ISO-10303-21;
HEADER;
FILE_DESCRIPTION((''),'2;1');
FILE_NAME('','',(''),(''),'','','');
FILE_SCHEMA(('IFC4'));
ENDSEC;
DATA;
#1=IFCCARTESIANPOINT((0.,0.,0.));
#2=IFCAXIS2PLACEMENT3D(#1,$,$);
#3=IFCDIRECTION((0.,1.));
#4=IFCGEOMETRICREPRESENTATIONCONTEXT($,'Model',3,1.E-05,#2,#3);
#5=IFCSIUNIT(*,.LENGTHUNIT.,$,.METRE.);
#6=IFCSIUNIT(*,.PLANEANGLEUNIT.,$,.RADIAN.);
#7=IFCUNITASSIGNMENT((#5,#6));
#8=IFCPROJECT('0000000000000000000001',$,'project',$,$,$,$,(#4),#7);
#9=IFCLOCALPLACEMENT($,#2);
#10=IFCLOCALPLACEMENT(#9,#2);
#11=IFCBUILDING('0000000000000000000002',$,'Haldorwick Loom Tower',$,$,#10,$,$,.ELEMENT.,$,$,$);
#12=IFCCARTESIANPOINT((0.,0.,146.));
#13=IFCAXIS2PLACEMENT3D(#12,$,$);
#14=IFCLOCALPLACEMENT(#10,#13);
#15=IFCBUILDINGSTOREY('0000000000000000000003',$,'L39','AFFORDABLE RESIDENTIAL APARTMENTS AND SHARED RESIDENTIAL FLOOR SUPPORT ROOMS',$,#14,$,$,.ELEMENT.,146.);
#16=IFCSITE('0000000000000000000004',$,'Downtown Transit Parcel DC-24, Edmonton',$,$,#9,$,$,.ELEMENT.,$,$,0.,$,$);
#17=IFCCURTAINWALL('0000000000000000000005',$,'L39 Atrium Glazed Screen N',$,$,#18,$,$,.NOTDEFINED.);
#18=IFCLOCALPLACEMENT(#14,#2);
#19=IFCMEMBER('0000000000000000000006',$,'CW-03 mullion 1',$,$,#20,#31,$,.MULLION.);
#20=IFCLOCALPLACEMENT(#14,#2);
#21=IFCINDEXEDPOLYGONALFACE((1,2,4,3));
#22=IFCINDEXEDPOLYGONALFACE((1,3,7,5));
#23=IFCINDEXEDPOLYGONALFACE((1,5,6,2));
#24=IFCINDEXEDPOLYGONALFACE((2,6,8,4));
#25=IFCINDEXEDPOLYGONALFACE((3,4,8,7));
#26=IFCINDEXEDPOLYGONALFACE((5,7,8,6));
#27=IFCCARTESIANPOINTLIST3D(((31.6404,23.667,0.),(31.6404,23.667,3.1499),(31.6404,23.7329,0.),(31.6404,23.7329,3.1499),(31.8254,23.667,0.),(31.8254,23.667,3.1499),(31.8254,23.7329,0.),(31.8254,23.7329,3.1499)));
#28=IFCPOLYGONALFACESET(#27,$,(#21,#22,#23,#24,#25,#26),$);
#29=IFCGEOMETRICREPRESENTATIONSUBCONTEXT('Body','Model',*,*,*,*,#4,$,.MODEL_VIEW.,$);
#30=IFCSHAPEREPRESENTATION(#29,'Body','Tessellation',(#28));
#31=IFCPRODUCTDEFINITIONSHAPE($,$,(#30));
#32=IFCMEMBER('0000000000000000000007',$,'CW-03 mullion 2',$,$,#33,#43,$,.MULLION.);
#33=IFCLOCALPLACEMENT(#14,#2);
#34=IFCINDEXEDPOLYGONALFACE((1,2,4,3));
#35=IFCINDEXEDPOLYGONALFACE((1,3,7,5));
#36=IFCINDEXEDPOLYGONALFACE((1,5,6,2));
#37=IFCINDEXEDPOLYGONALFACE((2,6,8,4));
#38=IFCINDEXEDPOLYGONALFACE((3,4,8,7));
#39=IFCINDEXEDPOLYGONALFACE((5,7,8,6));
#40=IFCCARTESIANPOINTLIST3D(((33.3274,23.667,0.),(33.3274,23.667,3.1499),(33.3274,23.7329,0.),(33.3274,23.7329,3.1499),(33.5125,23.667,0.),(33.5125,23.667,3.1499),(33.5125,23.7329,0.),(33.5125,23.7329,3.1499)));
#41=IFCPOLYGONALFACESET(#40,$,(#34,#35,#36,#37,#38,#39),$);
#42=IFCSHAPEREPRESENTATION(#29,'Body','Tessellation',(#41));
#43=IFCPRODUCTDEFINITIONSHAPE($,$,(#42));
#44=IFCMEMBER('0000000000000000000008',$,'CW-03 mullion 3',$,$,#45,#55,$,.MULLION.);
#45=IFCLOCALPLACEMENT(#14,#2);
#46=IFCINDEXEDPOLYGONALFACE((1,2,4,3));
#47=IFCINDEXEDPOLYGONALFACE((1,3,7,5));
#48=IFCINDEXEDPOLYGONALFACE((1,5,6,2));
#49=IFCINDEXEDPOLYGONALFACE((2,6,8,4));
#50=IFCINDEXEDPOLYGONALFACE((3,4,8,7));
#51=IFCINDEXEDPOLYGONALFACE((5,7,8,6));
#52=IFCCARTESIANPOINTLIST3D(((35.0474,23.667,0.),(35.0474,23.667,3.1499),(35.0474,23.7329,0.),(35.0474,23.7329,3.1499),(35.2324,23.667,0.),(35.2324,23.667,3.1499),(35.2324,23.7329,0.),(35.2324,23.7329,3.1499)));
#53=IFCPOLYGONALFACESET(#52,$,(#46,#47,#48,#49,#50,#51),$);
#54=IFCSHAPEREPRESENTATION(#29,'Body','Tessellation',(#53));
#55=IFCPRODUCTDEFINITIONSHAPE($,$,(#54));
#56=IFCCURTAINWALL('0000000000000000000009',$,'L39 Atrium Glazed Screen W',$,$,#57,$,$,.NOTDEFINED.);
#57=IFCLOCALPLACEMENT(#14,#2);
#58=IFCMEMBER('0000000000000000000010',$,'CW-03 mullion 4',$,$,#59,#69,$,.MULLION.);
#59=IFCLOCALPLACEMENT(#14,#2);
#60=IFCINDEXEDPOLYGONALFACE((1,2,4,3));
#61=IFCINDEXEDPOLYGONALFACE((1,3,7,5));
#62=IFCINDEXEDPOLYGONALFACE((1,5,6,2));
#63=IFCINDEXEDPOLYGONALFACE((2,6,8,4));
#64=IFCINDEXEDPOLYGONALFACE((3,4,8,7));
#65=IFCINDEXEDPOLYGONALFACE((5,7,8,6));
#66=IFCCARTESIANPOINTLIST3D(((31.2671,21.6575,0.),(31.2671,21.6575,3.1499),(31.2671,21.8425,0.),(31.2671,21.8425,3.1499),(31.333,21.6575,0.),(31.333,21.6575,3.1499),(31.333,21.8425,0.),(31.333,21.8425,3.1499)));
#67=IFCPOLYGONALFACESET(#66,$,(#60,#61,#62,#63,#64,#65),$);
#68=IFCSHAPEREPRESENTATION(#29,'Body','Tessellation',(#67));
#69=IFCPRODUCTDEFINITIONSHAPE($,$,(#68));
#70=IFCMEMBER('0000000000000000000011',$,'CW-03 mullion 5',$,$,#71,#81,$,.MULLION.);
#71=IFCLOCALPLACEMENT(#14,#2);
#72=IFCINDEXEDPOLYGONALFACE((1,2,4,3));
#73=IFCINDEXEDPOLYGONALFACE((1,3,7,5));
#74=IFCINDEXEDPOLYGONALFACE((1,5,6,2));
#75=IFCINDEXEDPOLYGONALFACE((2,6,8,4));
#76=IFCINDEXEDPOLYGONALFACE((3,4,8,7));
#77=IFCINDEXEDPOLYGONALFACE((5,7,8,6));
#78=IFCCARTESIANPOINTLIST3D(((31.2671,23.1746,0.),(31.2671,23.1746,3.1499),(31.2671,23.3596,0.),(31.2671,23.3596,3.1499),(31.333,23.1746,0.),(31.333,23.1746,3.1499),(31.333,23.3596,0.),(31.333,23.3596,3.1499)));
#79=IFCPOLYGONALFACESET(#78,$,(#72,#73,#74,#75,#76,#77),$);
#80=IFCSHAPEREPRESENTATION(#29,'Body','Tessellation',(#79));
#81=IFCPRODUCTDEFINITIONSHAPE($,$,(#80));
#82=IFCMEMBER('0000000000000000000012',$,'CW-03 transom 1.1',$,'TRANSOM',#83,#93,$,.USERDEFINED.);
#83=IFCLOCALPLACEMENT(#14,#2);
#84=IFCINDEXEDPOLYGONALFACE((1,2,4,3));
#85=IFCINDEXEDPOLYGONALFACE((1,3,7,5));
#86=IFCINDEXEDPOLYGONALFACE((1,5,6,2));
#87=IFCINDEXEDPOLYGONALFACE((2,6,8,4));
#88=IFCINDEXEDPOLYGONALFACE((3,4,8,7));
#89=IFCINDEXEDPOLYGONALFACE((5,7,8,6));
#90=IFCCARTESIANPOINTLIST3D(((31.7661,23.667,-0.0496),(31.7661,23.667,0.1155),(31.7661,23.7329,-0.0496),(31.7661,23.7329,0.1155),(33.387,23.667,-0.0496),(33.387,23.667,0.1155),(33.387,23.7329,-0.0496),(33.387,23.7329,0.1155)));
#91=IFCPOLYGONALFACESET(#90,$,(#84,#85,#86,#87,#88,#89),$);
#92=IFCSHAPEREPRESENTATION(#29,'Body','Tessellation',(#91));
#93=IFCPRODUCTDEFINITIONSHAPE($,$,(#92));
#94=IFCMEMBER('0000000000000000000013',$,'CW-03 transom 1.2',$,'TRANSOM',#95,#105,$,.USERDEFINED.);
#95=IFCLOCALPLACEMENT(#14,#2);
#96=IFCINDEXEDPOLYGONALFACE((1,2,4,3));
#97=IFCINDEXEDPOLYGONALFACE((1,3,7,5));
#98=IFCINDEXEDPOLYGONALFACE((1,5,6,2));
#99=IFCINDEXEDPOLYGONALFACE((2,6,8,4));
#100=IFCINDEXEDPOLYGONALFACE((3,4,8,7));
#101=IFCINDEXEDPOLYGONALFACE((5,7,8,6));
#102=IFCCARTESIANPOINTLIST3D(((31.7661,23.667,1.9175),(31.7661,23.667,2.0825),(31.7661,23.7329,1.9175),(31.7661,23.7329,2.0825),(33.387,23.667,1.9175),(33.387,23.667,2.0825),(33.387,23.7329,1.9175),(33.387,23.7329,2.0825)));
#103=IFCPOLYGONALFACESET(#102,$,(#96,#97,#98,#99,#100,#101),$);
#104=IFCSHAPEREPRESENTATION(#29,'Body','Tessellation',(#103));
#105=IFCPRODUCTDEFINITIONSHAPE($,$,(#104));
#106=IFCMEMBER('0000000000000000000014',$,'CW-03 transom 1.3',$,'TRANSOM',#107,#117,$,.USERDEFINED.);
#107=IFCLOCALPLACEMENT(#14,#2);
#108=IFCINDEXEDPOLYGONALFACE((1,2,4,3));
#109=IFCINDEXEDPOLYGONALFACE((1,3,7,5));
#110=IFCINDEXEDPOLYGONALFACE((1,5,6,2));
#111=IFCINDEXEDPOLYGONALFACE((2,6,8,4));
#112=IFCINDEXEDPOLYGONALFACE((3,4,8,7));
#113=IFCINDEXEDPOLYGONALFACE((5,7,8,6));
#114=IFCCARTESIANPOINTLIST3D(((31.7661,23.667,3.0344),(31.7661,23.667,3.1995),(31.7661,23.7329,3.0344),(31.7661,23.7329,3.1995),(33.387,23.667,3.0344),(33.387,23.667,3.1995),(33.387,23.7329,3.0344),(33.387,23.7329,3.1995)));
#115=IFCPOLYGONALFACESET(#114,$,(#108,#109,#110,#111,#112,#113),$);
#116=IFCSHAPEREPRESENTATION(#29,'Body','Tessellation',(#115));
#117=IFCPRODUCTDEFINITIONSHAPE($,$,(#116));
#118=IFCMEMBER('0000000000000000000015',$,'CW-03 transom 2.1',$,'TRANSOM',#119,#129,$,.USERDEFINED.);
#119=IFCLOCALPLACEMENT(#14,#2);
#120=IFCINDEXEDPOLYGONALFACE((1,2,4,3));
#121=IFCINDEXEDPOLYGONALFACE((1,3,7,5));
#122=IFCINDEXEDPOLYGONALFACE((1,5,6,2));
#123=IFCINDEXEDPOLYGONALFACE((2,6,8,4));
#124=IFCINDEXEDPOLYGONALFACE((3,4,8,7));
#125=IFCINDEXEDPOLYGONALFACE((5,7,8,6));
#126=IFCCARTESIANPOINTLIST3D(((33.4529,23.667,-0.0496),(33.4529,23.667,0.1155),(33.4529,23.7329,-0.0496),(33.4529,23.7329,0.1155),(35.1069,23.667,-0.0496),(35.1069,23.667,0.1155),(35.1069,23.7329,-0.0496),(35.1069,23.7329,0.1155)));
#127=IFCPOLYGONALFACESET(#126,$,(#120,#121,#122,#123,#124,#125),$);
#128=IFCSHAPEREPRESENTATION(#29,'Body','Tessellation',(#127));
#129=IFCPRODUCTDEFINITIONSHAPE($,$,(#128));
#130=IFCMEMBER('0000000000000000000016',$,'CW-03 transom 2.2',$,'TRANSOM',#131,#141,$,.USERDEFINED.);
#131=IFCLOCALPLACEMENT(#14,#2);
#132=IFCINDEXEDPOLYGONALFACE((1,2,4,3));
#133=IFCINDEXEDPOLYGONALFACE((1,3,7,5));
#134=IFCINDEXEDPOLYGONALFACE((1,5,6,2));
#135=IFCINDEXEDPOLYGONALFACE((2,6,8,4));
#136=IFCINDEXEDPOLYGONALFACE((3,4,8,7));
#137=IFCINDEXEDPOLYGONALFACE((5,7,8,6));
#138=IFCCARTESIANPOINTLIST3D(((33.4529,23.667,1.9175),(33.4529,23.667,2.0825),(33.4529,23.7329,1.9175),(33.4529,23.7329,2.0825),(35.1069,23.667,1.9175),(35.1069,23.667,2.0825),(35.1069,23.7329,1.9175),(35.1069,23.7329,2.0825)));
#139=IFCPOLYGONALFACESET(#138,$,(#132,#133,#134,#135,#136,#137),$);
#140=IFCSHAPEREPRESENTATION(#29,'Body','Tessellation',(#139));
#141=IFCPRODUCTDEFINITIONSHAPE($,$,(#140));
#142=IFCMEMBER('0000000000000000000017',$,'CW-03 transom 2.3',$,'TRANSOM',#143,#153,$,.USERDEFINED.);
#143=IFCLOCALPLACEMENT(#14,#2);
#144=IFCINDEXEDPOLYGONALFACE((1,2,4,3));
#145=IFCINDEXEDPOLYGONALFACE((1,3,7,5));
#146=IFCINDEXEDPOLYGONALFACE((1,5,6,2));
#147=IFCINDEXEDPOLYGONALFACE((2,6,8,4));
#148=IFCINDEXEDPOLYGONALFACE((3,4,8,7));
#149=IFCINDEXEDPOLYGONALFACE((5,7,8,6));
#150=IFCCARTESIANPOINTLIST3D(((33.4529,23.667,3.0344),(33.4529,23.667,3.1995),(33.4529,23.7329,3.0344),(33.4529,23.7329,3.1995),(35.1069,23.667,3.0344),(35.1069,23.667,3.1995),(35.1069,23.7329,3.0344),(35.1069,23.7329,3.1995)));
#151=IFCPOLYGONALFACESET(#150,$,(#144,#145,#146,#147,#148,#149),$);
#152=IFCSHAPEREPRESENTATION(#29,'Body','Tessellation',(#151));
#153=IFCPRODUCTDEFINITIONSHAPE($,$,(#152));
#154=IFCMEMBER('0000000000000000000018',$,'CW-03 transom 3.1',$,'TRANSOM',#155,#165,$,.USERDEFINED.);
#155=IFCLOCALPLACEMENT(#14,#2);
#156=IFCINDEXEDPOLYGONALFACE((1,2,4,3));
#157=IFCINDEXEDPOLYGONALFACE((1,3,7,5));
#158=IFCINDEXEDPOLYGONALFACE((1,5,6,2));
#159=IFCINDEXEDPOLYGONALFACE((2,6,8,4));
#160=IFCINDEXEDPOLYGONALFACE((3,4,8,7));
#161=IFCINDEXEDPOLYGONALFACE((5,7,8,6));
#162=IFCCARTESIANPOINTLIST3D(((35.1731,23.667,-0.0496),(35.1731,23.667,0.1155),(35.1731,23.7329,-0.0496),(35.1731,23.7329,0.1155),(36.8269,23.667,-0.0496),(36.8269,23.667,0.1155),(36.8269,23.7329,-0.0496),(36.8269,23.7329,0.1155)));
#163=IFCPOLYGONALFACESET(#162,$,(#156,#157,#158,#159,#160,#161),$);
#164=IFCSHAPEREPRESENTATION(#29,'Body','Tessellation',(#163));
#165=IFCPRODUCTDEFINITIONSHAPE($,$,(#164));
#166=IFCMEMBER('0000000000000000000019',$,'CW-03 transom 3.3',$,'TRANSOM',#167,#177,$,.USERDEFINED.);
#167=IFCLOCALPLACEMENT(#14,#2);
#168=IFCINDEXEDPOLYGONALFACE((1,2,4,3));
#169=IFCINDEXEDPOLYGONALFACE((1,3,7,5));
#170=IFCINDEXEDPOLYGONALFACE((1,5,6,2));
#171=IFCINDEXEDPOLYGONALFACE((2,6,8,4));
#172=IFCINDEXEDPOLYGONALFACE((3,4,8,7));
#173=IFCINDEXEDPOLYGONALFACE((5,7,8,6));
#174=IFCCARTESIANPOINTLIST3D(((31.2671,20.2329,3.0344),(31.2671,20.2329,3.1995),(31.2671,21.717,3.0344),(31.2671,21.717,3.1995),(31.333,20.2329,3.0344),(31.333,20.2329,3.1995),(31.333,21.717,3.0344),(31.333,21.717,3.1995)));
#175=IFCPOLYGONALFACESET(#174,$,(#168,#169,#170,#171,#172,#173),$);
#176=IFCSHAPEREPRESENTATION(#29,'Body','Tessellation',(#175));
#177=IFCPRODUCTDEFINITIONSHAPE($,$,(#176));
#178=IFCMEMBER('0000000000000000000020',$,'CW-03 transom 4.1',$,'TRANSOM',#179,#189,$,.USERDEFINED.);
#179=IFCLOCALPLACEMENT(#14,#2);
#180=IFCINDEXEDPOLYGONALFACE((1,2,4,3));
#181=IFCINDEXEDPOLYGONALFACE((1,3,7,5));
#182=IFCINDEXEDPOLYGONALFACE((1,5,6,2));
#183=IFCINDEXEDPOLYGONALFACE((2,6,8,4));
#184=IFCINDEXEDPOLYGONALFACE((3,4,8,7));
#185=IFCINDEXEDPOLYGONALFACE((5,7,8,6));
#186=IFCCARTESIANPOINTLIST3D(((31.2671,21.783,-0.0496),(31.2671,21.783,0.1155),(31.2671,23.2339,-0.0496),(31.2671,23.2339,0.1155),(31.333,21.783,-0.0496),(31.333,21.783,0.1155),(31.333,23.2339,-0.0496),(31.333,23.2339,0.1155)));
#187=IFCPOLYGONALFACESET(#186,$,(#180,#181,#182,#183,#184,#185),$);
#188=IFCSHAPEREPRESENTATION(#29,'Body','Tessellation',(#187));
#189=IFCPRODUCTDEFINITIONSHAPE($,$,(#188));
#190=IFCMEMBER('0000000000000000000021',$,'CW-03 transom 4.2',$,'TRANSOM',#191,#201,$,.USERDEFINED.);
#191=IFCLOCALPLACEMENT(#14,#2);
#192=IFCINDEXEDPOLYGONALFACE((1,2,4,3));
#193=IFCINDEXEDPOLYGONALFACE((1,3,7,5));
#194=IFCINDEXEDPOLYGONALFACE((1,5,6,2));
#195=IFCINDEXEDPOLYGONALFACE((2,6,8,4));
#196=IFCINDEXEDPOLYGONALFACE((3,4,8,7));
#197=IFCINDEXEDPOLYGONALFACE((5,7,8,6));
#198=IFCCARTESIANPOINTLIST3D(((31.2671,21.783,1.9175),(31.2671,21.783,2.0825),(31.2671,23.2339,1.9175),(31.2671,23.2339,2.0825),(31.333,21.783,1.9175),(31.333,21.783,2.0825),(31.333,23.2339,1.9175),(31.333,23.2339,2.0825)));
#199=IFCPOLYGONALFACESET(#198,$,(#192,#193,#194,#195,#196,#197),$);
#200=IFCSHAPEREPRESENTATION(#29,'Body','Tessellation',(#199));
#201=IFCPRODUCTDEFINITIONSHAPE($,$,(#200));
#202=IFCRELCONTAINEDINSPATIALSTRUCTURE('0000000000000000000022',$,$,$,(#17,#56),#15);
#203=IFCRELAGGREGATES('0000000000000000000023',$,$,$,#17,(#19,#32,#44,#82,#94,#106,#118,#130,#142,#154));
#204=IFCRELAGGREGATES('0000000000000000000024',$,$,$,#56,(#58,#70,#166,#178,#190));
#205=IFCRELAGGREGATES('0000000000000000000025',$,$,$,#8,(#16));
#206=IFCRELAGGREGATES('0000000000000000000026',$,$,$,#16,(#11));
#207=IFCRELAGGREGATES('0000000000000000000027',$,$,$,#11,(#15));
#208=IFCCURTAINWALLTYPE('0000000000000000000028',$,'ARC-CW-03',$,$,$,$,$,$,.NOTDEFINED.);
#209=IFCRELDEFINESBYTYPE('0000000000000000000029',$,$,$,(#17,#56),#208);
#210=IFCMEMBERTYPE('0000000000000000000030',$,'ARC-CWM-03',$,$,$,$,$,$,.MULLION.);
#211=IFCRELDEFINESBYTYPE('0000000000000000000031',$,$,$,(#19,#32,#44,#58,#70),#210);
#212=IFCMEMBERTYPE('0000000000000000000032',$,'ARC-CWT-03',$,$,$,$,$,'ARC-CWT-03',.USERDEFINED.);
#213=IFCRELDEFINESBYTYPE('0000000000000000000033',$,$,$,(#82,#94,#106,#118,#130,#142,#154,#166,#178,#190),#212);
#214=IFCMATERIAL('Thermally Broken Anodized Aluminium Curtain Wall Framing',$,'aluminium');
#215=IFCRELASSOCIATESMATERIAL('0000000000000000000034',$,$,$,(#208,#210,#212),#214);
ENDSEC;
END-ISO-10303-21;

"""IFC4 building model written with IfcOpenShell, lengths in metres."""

from ifc_helpers import new_model, si_unit, direction, frame, origin, origin_2d, place, context, subcontext, project, spatial, rectangle, extrude, material, material_profile, profile_set, type_object, element, aggregate, save


model = new_model("IFC4")

# Units and contexts
model_context = context("Model", 3, precision=1e-05, world=origin(), true_north=direction((0.0, 1.0)))
body_context = subcontext(model_context, "Body", "Model", "MODEL_VIEW")
ifc_project = project(units=[si_unit("LENGTHUNIT", "METRE"), si_unit("PLANEANGLEUNIT", "RADIAN")], contexts=[model_context])

# Site, building, storey
site_placement = place(None, origin())
site = spatial("IfcSite", under=ifc_project, at=site_placement, Name="Downtown Transit Parcel DC-24, Edmonton", CompositionType="ELEMENT", RefElevation=0.0)
building_placement = place(site_placement, origin())
building = spatial("IfcBuilding", under=site, at=building_placement, Name="Haldorwick Loom Tower", CompositionType="ELEMENT")
storey_placement = place(building_placement, frame((0.0, 0.0, 146.0)))
storey = spatial("IfcBuildingStorey", under=building, at=storey_placement, Name="L39", Description="AFFORDABLE RESIDENTIAL APARTMENTS AND SHARED RESIDENTIAL FLOOR SUPPORT ROOMS", CompositionType="ELEMENT", Elevation=146.0)

# Curtain walls, members
ifc_material_1 = material(Name="Thermally Broken Anodized Aluminium Curtain Wall Framing", Category="aluminium")
curtain_wall_type = type_object("IfcCurtainWallType", Name="ARC-CW-03", PredefinedType="NOTDEFINED", material=ifc_material_1)
curtain_wall_1_placement = place(storey_placement, origin())
curtain_wall_1 = element("IfcCurtainWall", 1, at=curtain_wall_1_placement, inside=storey, type_object=curtain_wall_type, Name="L39 Atrium Glazed Screen N", PredefinedType="NOTDEFINED")
ifc_material_profile_1 = material_profile(ifc_material_1, rectangle(XDim=0.0659, YDim=0.1851, at=origin_2d()), Name="ALU_MUL_66X185", Category="aluminium")
ifc_profile_set_1 = profile_set([ifc_material_profile_1], Name="Thermally Broken Anodized Aluminium Curtain Wall Framing")
member_type_1 = type_object("IfcMemberType", Name="ARC-CWM-03", PredefinedType="MULLION", material=ifc_profile_set_1)
member_1_placement = place(storey_placement, frame((31.7329, 23.7, 0.0), z_axis=(0.0, 0.0, 1.0), x_axis=(0.0, 1.0, 0.0)))
member_1 = element("IfcMember", 2, at=member_1_placement, type_object=member_type_1, Name="CW-03 mullion 1", PredefinedType="MULLION", context=body_context, shape_type="SweptSolid", body=[
    extrude(rectangle(XDim=0.0659, YDim=0.1851, at=origin_2d()), origin(), (0.0, 0.0, 1.0), 3.1499),
])
member_2_placement = place(storey_placement, frame((33.4199, 23.7, 0.0), z_axis=(0.0, 0.0, 1.0), x_axis=(0.0, 1.0, 0.0)))
member_2 = element("IfcMember", 3, at=member_2_placement, type_object=member_type_1, Name="CW-03 mullion 2", PredefinedType="MULLION", context=body_context, shape_type="SweptSolid", body=[
    extrude(rectangle(XDim=0.0659, YDim=0.1851, at=origin_2d()), origin(), (0.0, 0.0, 1.0), 3.1499),
])
member_3_placement = place(storey_placement, frame((35.1399, 23.7, 0.0), z_axis=(0.0, 0.0, 1.0), x_axis=(0.0, 1.0, 0.0)))
member_3 = element("IfcMember", 4, at=member_3_placement, type_object=member_type_1, Name="CW-03 mullion 3", PredefinedType="MULLION", context=body_context, shape_type="SweptSolid", body=[
    extrude(rectangle(XDim=0.0659, YDim=0.1851, at=origin_2d()), origin(), (0.0, 0.0, 1.0), 3.1499),
])
curtain_wall_2_placement = place(storey_placement, origin())
curtain_wall_2 = element("IfcCurtainWall", 5, at=curtain_wall_2_placement, inside=storey, type_object=curtain_wall_type, Name="L39 Atrium Glazed Screen W", PredefinedType="NOTDEFINED")
member_4_placement = place(storey_placement, frame((31.3, 21.75, 0.0), z_axis=(0.0, 0.0, 1.0), x_axis=(-1.0, 0.0, 0.0)))
member_4 = element("IfcMember", 6, at=member_4_placement, type_object=member_type_1, Name="CW-03 mullion 4", PredefinedType="MULLION", context=body_context, shape_type="SweptSolid", body=[
    extrude(rectangle(XDim=0.0659, YDim=0.1851, at=origin_2d()), origin(), (0.0, 0.0, 1.0), 3.1499),
])
member_5_placement = place(storey_placement, frame((31.3, 23.2671, 0.0), z_axis=(0.0, 0.0, 1.0), x_axis=(-1.0, 0.0, 0.0)))
member_5 = element("IfcMember", 7, at=member_5_placement, type_object=member_type_1, Name="CW-03 mullion 5", PredefinedType="MULLION", context=body_context, shape_type="SweptSolid", body=[
    extrude(rectangle(XDim=0.0659, YDim=0.1851, at=origin_2d()), origin(), (0.0, 0.0, 1.0), 3.1499),
])

# Members
ifc_material_profile_2 = material_profile(ifc_material_1, rectangle(XDim=0.0659, YDim=0.165, at=origin_2d()), Name="ALU_TRN_66X165", Category="aluminium")
ifc_profile_set_2 = profile_set([ifc_material_profile_2], Name="Thermally Broken Anodized Aluminium Curtain Wall Framing")
member_type_2 = type_object("IfcMemberType", Name="ARC-CWT-03", ElementType="ARC-CWT-03", PredefinedType="USERDEFINED", material=ifc_profile_set_2)
member_6_placement = place(storey_placement, frame((31.7661, 23.7, 0.033), z_axis=(1.0, 0.0, 0.0), x_axis=(0.0, 1.0, 0.0)))
member_6 = element("IfcMember", 8, at=member_6_placement, type_object=member_type_2, Name="CW-03 transom 1.1", ObjectType="TRANSOM", PredefinedType="USERDEFINED", context=body_context, shape_type="SweptSolid", body=[
    extrude(rectangle(XDim=0.0659, YDim=0.165, at=origin_2d()), origin(), (0.0, 0.0, 1.0), 1.6208),
])
member_7_placement = place(storey_placement, frame((31.7661, 23.7, 2.0), z_axis=(1.0, 0.0, 0.0), x_axis=(0.0, 1.0, 0.0)))
member_7 = element("IfcMember", 9, at=member_7_placement, type_object=member_type_2, Name="CW-03 transom 1.2", ObjectType="TRANSOM", PredefinedType="USERDEFINED", context=body_context, shape_type="SweptSolid", body=[
    extrude(rectangle(XDim=0.0659, YDim=0.165, at=origin_2d()), origin(), (0.0, 0.0, 1.0), 1.6208),
])
member_8_placement = place(storey_placement, frame((31.7661, 23.7, 3.1169), z_axis=(1.0, 0.0, 0.0), x_axis=(0.0, 1.0, 0.0)))
member_8 = element("IfcMember", 10, at=member_8_placement, type_object=member_type_2, Name="CW-03 transom 1.3", ObjectType="TRANSOM", PredefinedType="USERDEFINED", context=body_context, shape_type="SweptSolid", body=[
    extrude(rectangle(XDim=0.0659, YDim=0.165, at=origin_2d()), origin(), (0.0, 0.0, 1.0), 1.6208),
])
member_9_placement = place(storey_placement, frame((33.4529, 23.7, 0.033), z_axis=(1.0, 0.0, 0.0), x_axis=(0.0, 1.0, 0.0)))
member_9 = element("IfcMember", 11, at=member_9_placement, type_object=member_type_2, Name="CW-03 transom 2.1", ObjectType="TRANSOM", PredefinedType="USERDEFINED", context=body_context, shape_type="SweptSolid", body=[
    extrude(rectangle(XDim=0.0659, YDim=0.165, at=origin_2d()), origin(), (0.0, 0.0, 1.0), 1.6541),
])
member_10_placement = place(storey_placement, frame((33.4529, 23.7, 2.0), z_axis=(1.0, 0.0, 0.0), x_axis=(0.0, 1.0, 0.0)))
member_10 = element("IfcMember", 12, at=member_10_placement, type_object=member_type_2, Name="CW-03 transom 2.2", ObjectType="TRANSOM", PredefinedType="USERDEFINED", context=body_context, shape_type="SweptSolid", body=[
    extrude(rectangle(XDim=0.0659, YDim=0.165, at=origin_2d()), origin(), (0.0, 0.0, 1.0), 1.6541),
])
member_11_placement = place(storey_placement, frame((33.4529, 23.7, 3.1169), z_axis=(1.0, 0.0, 0.0), x_axis=(0.0, 1.0, 0.0)))
member_11 = element("IfcMember", 13, at=member_11_placement, type_object=member_type_2, Name="CW-03 transom 2.3", ObjectType="TRANSOM", PredefinedType="USERDEFINED", context=body_context, shape_type="SweptSolid", body=[
    extrude(rectangle(XDim=0.0659, YDim=0.165, at=origin_2d()), origin(), (0.0, 0.0, 1.0), 1.6541),
])
member_12_placement = place(storey_placement, frame((35.1731, 23.7, 0.033), z_axis=(1.0, 0.0, 0.0), x_axis=(0.0, 1.0, 0.0)))
member_12 = element("IfcMember", 14, at=member_12_placement, type_object=member_type_2, Name="CW-03 transom 3.1", ObjectType="TRANSOM", PredefinedType="USERDEFINED", context=body_context, shape_type="SweptSolid", body=[
    extrude(rectangle(XDim=0.0659, YDim=0.165, at=origin_2d()), origin(), (0.0, 0.0, 1.0), 1.6538),
])
member_13_placement = place(storey_placement, frame((31.3, 20.2329, 3.1169), z_axis=(0.0, 1.0, 0.0), x_axis=(-1.0, 0.0, 0.0)))
member_13 = element("IfcMember", 15, at=member_13_placement, type_object=member_type_2, Name="CW-03 transom 3.3", ObjectType="TRANSOM", PredefinedType="USERDEFINED", context=body_context, shape_type="SweptSolid", body=[
    extrude(rectangle(XDim=0.0659, YDim=0.165, at=origin_2d()), origin(), (0.0, 0.0, 1.0), 1.4841),
])
member_14_placement = place(storey_placement, frame((31.3, 21.783, 0.033), z_axis=(0.0, 1.0, 0.0), x_axis=(-1.0, 0.0, 0.0)))
member_14 = element("IfcMember", 16, at=member_14_placement, type_object=member_type_2, Name="CW-03 transom 4.1", ObjectType="TRANSOM", PredefinedType="USERDEFINED", context=body_context, shape_type="SweptSolid", body=[
    extrude(rectangle(XDim=0.0659, YDim=0.165, at=origin_2d()), origin(), (0.0, 0.0, 1.0), 1.4509),
])
member_15_placement = place(storey_placement, frame((31.3, 21.783, 2.0), z_axis=(0.0, 1.0, 0.0), x_axis=(-1.0, 0.0, 0.0)))
member_15 = element("IfcMember", 17, at=member_15_placement, type_object=member_type_2, Name="CW-03 transom 4.2", ObjectType="TRANSOM", PredefinedType="USERDEFINED", context=body_context, shape_type="SweptSolid", body=[
    extrude(rectangle(XDim=0.0659, YDim=0.165, at=origin_2d()), origin(), (0.0, 0.0, 1.0), 1.4509),
])

aggregate(curtain_wall_1, [member_1, member_2, member_3, member_6, member_7, member_8, member_9, member_10, member_11, member_12])
aggregate(curtain_wall_2, [member_4, member_5, member_13, member_14, member_15])

save(model, "model.ifc")
